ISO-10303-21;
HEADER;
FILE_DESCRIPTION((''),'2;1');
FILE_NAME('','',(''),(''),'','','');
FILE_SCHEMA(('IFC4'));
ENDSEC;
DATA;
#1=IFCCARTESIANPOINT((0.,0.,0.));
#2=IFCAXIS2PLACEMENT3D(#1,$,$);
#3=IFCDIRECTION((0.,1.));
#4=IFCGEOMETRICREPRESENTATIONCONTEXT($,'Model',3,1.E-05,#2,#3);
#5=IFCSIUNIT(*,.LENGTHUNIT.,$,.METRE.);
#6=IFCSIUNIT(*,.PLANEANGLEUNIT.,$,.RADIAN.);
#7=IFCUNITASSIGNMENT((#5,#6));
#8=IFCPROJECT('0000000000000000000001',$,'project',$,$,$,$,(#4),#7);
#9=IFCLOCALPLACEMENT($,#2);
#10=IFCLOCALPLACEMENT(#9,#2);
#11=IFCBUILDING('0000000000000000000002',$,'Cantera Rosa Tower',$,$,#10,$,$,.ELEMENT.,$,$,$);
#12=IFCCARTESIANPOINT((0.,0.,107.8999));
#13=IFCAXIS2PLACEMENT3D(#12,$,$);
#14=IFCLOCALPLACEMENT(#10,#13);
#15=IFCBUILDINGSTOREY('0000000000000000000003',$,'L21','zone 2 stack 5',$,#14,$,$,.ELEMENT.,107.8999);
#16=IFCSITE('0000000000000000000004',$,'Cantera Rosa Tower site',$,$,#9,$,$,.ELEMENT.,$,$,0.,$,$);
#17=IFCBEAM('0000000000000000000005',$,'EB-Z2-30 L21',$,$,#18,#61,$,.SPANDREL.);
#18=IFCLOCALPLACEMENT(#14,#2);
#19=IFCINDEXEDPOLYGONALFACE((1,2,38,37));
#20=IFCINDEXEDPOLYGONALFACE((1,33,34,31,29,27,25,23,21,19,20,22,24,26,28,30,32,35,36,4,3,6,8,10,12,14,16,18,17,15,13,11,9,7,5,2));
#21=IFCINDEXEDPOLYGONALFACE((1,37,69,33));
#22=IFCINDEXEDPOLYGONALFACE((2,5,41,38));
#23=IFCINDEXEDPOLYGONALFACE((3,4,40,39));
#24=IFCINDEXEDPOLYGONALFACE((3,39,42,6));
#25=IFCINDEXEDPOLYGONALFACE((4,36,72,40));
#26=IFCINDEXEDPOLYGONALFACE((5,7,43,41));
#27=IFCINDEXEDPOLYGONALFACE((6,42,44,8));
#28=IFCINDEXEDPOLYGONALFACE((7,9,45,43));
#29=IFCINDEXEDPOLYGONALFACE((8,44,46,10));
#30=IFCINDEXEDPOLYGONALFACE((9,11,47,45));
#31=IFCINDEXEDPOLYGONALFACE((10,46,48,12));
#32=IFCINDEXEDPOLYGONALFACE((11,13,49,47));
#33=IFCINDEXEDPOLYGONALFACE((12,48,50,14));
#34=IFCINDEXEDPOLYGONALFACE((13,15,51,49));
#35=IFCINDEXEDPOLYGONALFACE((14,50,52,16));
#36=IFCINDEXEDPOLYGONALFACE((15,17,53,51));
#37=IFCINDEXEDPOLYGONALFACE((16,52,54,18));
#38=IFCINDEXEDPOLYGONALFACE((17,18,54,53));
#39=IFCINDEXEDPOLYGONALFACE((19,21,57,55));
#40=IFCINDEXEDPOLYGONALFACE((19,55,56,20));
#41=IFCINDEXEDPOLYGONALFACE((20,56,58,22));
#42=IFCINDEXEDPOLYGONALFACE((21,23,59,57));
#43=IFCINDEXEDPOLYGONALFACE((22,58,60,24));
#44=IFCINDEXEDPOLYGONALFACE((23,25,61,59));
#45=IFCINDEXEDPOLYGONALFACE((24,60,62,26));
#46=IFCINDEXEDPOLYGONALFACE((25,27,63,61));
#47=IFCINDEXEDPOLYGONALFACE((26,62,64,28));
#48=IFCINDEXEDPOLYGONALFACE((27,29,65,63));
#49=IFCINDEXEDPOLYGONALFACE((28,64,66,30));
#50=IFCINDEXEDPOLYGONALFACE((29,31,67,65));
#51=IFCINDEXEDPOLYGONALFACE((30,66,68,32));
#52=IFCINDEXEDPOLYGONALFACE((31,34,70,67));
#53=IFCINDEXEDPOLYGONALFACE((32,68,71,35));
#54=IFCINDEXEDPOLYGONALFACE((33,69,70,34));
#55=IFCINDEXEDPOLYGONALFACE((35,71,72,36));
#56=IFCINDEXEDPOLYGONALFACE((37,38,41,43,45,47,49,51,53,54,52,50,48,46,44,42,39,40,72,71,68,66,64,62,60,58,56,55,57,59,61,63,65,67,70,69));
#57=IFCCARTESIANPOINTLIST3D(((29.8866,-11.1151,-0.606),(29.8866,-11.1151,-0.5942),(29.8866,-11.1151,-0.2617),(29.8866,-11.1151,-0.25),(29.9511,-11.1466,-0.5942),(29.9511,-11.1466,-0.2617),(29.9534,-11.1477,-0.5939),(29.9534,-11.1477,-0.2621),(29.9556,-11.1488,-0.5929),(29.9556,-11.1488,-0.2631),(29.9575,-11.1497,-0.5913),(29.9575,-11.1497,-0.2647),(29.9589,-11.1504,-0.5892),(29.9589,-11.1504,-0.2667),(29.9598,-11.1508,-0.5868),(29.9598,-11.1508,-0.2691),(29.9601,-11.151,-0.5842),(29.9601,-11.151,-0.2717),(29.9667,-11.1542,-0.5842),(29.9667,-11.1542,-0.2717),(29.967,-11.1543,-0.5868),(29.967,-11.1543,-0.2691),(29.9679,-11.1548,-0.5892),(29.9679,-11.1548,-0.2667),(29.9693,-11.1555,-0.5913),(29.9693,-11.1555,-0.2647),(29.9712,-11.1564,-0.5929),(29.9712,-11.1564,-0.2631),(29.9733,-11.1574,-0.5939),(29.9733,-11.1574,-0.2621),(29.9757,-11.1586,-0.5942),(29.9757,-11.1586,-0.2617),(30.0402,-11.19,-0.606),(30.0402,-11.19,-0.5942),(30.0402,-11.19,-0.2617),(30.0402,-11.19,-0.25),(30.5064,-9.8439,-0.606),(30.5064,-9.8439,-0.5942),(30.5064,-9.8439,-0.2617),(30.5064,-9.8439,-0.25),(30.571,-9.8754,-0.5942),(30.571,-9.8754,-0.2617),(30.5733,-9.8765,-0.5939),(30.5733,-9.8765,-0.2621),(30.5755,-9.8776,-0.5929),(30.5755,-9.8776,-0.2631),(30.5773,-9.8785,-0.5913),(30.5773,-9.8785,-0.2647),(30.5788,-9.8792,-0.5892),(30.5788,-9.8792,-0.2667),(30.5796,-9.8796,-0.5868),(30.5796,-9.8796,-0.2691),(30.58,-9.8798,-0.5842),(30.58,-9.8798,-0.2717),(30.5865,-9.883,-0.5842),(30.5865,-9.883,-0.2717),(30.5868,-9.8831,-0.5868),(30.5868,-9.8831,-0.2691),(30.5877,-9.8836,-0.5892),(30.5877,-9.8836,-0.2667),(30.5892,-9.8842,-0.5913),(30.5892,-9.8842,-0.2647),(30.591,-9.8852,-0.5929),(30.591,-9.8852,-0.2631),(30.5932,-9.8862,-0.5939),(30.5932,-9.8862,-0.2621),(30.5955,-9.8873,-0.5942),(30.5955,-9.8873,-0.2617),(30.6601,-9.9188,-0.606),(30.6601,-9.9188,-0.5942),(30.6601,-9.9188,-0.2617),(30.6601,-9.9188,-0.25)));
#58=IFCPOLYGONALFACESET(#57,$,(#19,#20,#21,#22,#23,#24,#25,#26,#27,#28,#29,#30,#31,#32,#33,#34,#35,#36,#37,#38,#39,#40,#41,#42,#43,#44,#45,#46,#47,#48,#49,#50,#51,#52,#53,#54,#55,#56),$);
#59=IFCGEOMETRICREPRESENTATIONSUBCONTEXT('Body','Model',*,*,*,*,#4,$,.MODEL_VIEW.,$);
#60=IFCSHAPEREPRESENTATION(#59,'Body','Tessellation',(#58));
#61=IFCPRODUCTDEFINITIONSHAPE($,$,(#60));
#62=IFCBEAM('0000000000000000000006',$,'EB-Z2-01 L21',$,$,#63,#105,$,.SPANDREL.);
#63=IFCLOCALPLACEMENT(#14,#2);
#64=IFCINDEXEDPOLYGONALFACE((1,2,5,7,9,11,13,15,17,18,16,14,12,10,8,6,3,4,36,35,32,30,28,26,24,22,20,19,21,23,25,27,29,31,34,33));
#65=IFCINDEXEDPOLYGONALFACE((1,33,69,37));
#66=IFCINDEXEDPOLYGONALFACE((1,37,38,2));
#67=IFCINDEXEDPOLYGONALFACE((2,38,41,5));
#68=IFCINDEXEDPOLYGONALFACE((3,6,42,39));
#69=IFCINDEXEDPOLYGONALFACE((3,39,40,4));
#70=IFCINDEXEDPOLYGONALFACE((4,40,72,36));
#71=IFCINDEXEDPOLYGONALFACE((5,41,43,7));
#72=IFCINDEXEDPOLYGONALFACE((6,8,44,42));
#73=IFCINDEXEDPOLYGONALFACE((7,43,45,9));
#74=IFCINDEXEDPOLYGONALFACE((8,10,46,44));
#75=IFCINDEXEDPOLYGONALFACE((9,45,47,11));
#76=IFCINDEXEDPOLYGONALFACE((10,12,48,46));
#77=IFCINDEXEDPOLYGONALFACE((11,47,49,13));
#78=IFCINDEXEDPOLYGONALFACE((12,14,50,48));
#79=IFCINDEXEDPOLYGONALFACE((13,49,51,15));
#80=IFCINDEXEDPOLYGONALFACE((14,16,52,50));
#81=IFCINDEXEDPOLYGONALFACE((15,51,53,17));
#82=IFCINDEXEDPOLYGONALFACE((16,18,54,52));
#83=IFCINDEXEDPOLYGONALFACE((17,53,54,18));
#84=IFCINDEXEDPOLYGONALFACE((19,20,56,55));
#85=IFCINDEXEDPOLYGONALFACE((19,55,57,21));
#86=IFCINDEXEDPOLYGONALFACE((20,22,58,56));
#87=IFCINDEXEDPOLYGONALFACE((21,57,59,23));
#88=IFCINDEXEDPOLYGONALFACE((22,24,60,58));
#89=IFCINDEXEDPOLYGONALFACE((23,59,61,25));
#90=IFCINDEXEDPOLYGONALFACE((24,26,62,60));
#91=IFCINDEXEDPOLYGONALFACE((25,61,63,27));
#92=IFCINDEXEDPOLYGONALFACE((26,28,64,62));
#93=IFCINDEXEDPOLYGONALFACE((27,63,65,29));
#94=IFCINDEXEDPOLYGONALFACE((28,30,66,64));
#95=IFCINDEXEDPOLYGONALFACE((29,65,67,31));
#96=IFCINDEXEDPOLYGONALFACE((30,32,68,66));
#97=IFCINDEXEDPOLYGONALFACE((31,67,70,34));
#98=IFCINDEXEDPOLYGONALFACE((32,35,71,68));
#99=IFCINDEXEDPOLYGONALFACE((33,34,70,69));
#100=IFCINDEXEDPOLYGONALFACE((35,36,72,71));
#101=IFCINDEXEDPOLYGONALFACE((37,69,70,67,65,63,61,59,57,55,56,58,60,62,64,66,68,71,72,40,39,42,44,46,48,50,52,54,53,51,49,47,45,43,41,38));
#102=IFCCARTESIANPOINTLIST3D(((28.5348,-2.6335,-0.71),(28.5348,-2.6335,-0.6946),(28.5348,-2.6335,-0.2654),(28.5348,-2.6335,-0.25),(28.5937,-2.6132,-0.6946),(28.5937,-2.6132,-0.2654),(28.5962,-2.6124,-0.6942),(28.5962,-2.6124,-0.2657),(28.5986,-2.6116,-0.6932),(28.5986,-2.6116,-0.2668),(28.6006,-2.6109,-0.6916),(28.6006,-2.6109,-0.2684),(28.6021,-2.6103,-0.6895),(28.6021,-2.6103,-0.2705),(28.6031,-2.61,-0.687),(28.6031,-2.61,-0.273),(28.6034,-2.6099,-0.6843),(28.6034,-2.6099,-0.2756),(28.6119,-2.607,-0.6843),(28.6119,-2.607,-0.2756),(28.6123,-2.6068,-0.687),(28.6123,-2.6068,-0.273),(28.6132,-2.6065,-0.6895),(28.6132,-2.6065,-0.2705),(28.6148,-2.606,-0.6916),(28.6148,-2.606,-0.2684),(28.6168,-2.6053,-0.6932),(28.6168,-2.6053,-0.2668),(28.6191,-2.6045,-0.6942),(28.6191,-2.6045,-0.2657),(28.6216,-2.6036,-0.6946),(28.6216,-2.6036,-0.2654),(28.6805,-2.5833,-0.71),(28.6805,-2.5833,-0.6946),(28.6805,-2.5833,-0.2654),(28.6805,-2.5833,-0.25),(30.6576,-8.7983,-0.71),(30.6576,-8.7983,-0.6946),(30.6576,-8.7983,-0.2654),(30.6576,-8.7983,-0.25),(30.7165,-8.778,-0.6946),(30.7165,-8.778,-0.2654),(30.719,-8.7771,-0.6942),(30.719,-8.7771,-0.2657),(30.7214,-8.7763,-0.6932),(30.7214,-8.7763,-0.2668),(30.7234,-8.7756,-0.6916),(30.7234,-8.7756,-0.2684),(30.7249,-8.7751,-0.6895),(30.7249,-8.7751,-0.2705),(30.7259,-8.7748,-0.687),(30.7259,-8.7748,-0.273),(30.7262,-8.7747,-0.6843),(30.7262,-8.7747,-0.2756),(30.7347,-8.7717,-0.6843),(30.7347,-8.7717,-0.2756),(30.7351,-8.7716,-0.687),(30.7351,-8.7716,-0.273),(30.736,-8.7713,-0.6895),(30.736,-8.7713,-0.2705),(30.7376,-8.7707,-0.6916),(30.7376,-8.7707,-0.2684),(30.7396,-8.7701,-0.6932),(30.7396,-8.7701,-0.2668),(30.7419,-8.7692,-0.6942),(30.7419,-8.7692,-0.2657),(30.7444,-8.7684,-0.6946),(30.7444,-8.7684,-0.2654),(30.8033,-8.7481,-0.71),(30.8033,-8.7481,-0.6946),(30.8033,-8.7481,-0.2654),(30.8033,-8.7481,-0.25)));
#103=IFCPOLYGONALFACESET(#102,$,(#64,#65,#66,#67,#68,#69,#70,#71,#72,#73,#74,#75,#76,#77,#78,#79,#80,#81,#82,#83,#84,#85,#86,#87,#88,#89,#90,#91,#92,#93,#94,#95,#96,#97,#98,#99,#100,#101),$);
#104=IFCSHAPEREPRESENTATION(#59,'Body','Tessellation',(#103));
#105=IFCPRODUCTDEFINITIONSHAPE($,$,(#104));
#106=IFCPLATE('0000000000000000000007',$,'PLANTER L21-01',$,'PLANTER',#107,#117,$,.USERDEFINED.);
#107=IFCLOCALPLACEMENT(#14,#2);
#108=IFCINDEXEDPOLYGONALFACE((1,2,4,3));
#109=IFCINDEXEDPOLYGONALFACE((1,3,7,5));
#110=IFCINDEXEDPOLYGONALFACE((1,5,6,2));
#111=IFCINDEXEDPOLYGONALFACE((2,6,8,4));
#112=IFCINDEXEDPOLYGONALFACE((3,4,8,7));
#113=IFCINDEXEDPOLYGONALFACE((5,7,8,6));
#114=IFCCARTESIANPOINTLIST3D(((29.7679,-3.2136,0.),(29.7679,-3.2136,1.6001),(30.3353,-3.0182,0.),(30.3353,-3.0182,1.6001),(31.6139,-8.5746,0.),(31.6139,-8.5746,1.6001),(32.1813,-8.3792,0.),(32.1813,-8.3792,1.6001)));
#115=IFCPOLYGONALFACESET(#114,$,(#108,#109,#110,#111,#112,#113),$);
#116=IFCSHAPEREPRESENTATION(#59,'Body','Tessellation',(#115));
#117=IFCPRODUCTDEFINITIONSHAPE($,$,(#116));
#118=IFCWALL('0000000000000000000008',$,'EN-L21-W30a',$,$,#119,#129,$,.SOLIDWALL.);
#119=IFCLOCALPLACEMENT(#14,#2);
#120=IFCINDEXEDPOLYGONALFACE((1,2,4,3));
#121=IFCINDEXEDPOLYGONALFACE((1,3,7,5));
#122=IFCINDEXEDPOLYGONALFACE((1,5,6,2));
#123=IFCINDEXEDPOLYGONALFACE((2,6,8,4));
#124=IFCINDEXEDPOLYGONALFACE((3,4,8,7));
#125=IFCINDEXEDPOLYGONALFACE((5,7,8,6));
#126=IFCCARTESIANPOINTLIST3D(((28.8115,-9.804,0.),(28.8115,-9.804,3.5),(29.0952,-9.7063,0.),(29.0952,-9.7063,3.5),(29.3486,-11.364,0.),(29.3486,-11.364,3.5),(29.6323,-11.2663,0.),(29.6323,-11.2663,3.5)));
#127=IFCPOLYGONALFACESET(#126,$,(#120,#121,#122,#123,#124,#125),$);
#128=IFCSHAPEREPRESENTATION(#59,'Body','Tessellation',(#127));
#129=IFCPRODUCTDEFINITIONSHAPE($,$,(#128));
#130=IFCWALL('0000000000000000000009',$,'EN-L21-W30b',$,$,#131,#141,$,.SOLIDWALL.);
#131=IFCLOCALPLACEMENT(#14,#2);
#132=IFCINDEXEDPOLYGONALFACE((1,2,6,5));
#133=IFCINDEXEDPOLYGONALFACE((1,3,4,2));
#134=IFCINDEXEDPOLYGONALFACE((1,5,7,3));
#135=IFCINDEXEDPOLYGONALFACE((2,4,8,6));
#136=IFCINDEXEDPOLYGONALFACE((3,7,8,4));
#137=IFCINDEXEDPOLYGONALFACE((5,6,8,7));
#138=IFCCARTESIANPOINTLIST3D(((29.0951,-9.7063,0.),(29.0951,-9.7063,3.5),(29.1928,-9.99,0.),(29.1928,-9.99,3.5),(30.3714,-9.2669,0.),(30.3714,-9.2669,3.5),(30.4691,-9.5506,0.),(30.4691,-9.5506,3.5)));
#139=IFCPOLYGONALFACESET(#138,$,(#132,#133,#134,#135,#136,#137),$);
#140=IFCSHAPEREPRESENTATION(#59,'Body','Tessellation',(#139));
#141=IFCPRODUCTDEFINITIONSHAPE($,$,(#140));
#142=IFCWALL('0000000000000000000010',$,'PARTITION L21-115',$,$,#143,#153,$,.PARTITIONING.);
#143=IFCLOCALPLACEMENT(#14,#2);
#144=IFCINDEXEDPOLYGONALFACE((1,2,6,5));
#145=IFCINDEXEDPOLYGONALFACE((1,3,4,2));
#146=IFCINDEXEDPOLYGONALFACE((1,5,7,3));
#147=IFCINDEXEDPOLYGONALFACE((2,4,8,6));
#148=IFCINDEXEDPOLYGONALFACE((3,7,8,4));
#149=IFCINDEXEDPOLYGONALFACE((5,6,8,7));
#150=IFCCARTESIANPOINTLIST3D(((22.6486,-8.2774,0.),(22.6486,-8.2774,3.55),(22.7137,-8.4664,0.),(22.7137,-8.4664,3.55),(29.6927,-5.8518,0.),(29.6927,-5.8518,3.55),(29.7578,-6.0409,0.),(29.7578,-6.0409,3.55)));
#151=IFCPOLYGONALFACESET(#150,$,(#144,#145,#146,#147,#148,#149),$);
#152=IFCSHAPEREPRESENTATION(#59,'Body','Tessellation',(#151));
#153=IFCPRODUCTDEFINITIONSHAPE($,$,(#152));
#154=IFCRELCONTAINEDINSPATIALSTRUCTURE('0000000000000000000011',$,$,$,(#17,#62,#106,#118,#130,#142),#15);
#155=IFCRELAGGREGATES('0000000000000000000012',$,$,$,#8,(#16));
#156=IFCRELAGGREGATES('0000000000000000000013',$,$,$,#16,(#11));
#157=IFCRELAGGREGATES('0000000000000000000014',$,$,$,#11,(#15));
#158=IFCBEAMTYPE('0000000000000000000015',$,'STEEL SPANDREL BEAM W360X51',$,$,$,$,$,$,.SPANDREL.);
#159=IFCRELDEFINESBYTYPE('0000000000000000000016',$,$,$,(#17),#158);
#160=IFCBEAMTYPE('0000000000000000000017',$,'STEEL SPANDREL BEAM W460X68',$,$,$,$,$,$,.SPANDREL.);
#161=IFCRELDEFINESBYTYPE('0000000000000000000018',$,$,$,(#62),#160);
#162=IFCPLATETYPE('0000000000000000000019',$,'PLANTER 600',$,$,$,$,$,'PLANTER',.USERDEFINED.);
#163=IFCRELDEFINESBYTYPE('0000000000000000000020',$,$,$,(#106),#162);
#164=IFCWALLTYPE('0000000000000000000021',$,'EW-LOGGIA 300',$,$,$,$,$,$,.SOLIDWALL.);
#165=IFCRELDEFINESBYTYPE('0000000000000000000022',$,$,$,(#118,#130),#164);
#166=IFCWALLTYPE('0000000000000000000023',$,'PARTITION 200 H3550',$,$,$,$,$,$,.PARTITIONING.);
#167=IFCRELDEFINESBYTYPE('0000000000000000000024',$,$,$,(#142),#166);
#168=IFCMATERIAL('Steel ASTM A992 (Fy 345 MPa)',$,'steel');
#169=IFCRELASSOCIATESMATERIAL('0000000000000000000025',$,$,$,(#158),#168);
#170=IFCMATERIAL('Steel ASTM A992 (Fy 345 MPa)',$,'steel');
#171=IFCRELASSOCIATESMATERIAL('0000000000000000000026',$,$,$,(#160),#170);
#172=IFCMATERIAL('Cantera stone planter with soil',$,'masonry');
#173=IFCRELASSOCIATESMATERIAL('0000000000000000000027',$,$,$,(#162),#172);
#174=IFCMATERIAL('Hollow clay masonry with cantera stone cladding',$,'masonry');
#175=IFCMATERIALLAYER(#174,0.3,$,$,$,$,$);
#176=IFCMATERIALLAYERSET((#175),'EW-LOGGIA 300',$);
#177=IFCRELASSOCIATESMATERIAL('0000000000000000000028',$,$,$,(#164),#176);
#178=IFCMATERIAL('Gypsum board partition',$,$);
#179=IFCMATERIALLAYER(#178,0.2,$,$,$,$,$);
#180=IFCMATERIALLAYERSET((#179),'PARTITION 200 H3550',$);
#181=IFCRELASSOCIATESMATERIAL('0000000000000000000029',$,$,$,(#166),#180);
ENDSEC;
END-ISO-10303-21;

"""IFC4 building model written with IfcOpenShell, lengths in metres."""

from ifc_helpers import new_model, si_unit, direction, frame, frame_2d, origin, origin_2d, place, context, subcontext, project, spatial, rectangle, i_section, extrude, material, layer, layer_set, material_profile, profile_set, type_object, element, save


model = new_model("IFC4")

# Units and contexts
model_context = context("Model", 3, precision=1e-05, world=origin(), true_north=direction((0.0, 1.0)))
body_context = subcontext(model_context, "Body", "Model", "MODEL_VIEW")
ifc_project = project(units=[si_unit("LENGTHUNIT", "METRE"), si_unit("PLANEANGLEUNIT", "RADIAN")], contexts=[model_context])

# Site, building, storey
site_placement = place(None, origin())
site = spatial("IfcSite", under=ifc_project, at=site_placement, Name="Cantera Rosa Tower site", CompositionType="ELEMENT", RefElevation=0.0)
building_placement = place(site_placement, origin())
building = spatial("IfcBuilding", under=site, at=building_placement, Name="Cantera Rosa Tower", CompositionType="ELEMENT")
storey_placement = place(building_placement, frame((0.0, 0.0, 107.8999)))
storey = spatial("IfcBuildingStorey", under=building, at=storey_placement, Name="L21", Description="zone 2 stack 5", CompositionType="ELEMENT", Elevation=107.8999)

# Beams
ifc_material_1 = material(Name="Steel ASTM A992 (Fy 345 MPa)", Category="steel")
ifc_material_profile_1 = material_profile(ifc_material_1, i_section(OverallWidth=0.1709, OverallDepth=0.356, WebThickness=0.0073, FlangeThickness=0.0117, FilletRadius=0.01, at=origin_2d()), Name="W360X51")
ifc_profile_set_1 = profile_set([ifc_material_profile_1], Name="Steel ASTM A992 (Fy 345 MPa)")
beam_type_1 = type_object("IfcBeamType", Name="STEEL SPANDREL BEAM W360X51", PredefinedType="SPANDREL", material=ifc_profile_set_1)
for number, where, z_axis, x_axis, name in (
    (1, (29.9634, -11.1526, -0.428), (0.438284, 0.898836, 0.0), (-0.898836, 0.438284, 0.0), "EB-Z2-30 L21"),
):
    element("IfcBeam", number, at=place(storey_placement, frame(where, z_axis=z_axis, x_axis=x_axis)), inside=storey, type_object=beam_type_1, Name=name, PredefinedType="SPANDREL", context=body_context, shape_type="SweptSolid", body=[
        extrude(i_section(OverallWidth=0.1709, OverallDepth=0.356, WebThickness=0.0073, FlangeThickness=0.0117, FilletRadius=0.01, at=origin_2d()), origin(), (0.0, 0.0, 1.0), 1.4143),
    ])
ifc_material_2 = material(Name="Steel ASTM A992 (Fy 345 MPa)", Category="steel")
ifc_material_profile_2 = material_profile(ifc_material_2, i_section(OverallWidth=0.1541, OverallDepth=0.46, WebThickness=0.009, FlangeThickness=0.0154, FilletRadius=0.0103, at=origin_2d()), Name="W460X68")
ifc_profile_set_2 = profile_set([ifc_material_profile_2], Name="Steel ASTM A992 (Fy 345 MPa)")
beam_type_2 = type_object("IfcBeamType", Name="STEEL SPANDREL BEAM W460X68", PredefinedType="SPANDREL", material=ifc_profile_set_2)
beam_1_placement = place(storey_placement, frame((30.7305, -8.7732, -0.48), z_axis=(-0.325581, 0.945514, 0.0), x_axis=(-0.945514, -0.325581, 0.0)))
element("IfcBeam", 2, at=beam_1_placement, inside=storey, type_object=beam_type_2, Name="EB-Z2-01 L21", PredefinedType="SPANDREL", context=body_context, shape_type="SweptSolid", body=[
    extrude(i_section(OverallWidth=0.1541, OverallDepth=0.46, WebThickness=0.009, FlangeThickness=0.0154, FilletRadius=0.0103, at=origin_2d()), origin(), (0.0, 0.0, 1.0), 6.52),
])

# Plate
ifc_material_3 = material(Name="Cantera stone planter with soil", Category="masonry")
plate_type = type_object("IfcPlateType", Name="PLANTER 600", ElementType="PLANTER", PredefinedType="USERDEFINED", material=ifc_material_3)
plate_placement = place(storey_placement, frame((30.9746, -5.7964, 0.0), z_axis=(0.0, 0.0, 1.0), x_axis=(-0.325568, 0.945519, 0.0)))
element("IfcPlate", 3, at=plate_placement, inside=storey, type_object=plate_type, Name="PLANTER L21-01", ObjectType="PLANTER", PredefinedType="USERDEFINED", context=body_context, shape_type="SweptSolid", body=[
    extrude(rectangle(XDim=5.6699, YDim=0.6001, at=origin_2d()), origin(), (0.0, 0.0, 1.0), 1.6001),
])

# Walls
ifc_material_4 = material(Name="Hollow clay masonry with cantera stone cladding", Category="masonry")
ifc_layer_1 = layer(ifc_material_4, 0.3)
ifc_layer_set_1 = layer_set([ifc_layer_1], Name="EW-LOGGIA 300")
wall_type_1 = type_object("IfcWallType", Name="EW-LOGGIA 300", PredefinedType="SOLIDWALL", material=ifc_layer_set_1)
wall_1_placement = place(storey_placement, frame((29.4905, -11.3152, 0.0), z_axis=(0.0, 0.0, 1.0), x_axis=(-0.325535, 0.94553, 0.0)))
element("IfcWall", 4, at=wall_1_placement, inside=storey, type_object=wall_type_1, Name="EN-L21-W30a", PredefinedType="SOLIDWALL", context=body_context, shape_type="SweptSolid", body=[
    extrude(rectangle(XDim=1.6499, YDim=0.3, at=frame_2d((0.825, 0.0))), origin(), (0.0, 0.0, 1.0), 3.5),
])
wall_2_placement = place(storey_placement, frame((29.144, -9.8481, 0.0), z_axis=(0.0, 0.0, 1.0), x_axis=(0.945527, 0.325545, 0.0)))
element("IfcWall", 5, at=wall_2_placement, inside=storey, type_object=wall_type_1, Name="EN-L21-W30b", PredefinedType="SOLIDWALL", context=body_context, shape_type="SweptSolid", body=[
    extrude(rectangle(XDim=1.3499, YDim=0.3, at=frame_2d((0.6748, 0.0))), origin(), (0.0, 0.0, 1.0), 3.5),
])

# Wall
ifc_material_5 = material(Name="Gypsum board partition")
ifc_layer_2 = layer(ifc_material_5, 0.2)
ifc_layer_set_2 = layer_set([ifc_layer_2], Name="PARTITION 200 H3550")
wall_type_2 = type_object("IfcWallType", Name="PARTITION 200 H3550", PredefinedType="PARTITIONING", material=ifc_layer_set_2)
wall_3_placement = place(storey_placement, frame((29.7253, -5.9463, 0.0), z_axis=(0.0, 0.0, 1.0), x_axis=(-0.945514, -0.325582, 0.0)))
element("IfcWall", 6, at=wall_3_placement, inside=storey, type_object=wall_type_2, Name="PARTITION L21-115", PredefinedType="PARTITIONING", context=body_context, shape_type="SweptSolid", body=[
    extrude(rectangle(XDim=7.45, YDim=0.2, at=frame_2d((3.7251, 0.0))), origin(), (0.0, 0.0, 1.0), 3.55),
])

save(model, "model.ifc")
